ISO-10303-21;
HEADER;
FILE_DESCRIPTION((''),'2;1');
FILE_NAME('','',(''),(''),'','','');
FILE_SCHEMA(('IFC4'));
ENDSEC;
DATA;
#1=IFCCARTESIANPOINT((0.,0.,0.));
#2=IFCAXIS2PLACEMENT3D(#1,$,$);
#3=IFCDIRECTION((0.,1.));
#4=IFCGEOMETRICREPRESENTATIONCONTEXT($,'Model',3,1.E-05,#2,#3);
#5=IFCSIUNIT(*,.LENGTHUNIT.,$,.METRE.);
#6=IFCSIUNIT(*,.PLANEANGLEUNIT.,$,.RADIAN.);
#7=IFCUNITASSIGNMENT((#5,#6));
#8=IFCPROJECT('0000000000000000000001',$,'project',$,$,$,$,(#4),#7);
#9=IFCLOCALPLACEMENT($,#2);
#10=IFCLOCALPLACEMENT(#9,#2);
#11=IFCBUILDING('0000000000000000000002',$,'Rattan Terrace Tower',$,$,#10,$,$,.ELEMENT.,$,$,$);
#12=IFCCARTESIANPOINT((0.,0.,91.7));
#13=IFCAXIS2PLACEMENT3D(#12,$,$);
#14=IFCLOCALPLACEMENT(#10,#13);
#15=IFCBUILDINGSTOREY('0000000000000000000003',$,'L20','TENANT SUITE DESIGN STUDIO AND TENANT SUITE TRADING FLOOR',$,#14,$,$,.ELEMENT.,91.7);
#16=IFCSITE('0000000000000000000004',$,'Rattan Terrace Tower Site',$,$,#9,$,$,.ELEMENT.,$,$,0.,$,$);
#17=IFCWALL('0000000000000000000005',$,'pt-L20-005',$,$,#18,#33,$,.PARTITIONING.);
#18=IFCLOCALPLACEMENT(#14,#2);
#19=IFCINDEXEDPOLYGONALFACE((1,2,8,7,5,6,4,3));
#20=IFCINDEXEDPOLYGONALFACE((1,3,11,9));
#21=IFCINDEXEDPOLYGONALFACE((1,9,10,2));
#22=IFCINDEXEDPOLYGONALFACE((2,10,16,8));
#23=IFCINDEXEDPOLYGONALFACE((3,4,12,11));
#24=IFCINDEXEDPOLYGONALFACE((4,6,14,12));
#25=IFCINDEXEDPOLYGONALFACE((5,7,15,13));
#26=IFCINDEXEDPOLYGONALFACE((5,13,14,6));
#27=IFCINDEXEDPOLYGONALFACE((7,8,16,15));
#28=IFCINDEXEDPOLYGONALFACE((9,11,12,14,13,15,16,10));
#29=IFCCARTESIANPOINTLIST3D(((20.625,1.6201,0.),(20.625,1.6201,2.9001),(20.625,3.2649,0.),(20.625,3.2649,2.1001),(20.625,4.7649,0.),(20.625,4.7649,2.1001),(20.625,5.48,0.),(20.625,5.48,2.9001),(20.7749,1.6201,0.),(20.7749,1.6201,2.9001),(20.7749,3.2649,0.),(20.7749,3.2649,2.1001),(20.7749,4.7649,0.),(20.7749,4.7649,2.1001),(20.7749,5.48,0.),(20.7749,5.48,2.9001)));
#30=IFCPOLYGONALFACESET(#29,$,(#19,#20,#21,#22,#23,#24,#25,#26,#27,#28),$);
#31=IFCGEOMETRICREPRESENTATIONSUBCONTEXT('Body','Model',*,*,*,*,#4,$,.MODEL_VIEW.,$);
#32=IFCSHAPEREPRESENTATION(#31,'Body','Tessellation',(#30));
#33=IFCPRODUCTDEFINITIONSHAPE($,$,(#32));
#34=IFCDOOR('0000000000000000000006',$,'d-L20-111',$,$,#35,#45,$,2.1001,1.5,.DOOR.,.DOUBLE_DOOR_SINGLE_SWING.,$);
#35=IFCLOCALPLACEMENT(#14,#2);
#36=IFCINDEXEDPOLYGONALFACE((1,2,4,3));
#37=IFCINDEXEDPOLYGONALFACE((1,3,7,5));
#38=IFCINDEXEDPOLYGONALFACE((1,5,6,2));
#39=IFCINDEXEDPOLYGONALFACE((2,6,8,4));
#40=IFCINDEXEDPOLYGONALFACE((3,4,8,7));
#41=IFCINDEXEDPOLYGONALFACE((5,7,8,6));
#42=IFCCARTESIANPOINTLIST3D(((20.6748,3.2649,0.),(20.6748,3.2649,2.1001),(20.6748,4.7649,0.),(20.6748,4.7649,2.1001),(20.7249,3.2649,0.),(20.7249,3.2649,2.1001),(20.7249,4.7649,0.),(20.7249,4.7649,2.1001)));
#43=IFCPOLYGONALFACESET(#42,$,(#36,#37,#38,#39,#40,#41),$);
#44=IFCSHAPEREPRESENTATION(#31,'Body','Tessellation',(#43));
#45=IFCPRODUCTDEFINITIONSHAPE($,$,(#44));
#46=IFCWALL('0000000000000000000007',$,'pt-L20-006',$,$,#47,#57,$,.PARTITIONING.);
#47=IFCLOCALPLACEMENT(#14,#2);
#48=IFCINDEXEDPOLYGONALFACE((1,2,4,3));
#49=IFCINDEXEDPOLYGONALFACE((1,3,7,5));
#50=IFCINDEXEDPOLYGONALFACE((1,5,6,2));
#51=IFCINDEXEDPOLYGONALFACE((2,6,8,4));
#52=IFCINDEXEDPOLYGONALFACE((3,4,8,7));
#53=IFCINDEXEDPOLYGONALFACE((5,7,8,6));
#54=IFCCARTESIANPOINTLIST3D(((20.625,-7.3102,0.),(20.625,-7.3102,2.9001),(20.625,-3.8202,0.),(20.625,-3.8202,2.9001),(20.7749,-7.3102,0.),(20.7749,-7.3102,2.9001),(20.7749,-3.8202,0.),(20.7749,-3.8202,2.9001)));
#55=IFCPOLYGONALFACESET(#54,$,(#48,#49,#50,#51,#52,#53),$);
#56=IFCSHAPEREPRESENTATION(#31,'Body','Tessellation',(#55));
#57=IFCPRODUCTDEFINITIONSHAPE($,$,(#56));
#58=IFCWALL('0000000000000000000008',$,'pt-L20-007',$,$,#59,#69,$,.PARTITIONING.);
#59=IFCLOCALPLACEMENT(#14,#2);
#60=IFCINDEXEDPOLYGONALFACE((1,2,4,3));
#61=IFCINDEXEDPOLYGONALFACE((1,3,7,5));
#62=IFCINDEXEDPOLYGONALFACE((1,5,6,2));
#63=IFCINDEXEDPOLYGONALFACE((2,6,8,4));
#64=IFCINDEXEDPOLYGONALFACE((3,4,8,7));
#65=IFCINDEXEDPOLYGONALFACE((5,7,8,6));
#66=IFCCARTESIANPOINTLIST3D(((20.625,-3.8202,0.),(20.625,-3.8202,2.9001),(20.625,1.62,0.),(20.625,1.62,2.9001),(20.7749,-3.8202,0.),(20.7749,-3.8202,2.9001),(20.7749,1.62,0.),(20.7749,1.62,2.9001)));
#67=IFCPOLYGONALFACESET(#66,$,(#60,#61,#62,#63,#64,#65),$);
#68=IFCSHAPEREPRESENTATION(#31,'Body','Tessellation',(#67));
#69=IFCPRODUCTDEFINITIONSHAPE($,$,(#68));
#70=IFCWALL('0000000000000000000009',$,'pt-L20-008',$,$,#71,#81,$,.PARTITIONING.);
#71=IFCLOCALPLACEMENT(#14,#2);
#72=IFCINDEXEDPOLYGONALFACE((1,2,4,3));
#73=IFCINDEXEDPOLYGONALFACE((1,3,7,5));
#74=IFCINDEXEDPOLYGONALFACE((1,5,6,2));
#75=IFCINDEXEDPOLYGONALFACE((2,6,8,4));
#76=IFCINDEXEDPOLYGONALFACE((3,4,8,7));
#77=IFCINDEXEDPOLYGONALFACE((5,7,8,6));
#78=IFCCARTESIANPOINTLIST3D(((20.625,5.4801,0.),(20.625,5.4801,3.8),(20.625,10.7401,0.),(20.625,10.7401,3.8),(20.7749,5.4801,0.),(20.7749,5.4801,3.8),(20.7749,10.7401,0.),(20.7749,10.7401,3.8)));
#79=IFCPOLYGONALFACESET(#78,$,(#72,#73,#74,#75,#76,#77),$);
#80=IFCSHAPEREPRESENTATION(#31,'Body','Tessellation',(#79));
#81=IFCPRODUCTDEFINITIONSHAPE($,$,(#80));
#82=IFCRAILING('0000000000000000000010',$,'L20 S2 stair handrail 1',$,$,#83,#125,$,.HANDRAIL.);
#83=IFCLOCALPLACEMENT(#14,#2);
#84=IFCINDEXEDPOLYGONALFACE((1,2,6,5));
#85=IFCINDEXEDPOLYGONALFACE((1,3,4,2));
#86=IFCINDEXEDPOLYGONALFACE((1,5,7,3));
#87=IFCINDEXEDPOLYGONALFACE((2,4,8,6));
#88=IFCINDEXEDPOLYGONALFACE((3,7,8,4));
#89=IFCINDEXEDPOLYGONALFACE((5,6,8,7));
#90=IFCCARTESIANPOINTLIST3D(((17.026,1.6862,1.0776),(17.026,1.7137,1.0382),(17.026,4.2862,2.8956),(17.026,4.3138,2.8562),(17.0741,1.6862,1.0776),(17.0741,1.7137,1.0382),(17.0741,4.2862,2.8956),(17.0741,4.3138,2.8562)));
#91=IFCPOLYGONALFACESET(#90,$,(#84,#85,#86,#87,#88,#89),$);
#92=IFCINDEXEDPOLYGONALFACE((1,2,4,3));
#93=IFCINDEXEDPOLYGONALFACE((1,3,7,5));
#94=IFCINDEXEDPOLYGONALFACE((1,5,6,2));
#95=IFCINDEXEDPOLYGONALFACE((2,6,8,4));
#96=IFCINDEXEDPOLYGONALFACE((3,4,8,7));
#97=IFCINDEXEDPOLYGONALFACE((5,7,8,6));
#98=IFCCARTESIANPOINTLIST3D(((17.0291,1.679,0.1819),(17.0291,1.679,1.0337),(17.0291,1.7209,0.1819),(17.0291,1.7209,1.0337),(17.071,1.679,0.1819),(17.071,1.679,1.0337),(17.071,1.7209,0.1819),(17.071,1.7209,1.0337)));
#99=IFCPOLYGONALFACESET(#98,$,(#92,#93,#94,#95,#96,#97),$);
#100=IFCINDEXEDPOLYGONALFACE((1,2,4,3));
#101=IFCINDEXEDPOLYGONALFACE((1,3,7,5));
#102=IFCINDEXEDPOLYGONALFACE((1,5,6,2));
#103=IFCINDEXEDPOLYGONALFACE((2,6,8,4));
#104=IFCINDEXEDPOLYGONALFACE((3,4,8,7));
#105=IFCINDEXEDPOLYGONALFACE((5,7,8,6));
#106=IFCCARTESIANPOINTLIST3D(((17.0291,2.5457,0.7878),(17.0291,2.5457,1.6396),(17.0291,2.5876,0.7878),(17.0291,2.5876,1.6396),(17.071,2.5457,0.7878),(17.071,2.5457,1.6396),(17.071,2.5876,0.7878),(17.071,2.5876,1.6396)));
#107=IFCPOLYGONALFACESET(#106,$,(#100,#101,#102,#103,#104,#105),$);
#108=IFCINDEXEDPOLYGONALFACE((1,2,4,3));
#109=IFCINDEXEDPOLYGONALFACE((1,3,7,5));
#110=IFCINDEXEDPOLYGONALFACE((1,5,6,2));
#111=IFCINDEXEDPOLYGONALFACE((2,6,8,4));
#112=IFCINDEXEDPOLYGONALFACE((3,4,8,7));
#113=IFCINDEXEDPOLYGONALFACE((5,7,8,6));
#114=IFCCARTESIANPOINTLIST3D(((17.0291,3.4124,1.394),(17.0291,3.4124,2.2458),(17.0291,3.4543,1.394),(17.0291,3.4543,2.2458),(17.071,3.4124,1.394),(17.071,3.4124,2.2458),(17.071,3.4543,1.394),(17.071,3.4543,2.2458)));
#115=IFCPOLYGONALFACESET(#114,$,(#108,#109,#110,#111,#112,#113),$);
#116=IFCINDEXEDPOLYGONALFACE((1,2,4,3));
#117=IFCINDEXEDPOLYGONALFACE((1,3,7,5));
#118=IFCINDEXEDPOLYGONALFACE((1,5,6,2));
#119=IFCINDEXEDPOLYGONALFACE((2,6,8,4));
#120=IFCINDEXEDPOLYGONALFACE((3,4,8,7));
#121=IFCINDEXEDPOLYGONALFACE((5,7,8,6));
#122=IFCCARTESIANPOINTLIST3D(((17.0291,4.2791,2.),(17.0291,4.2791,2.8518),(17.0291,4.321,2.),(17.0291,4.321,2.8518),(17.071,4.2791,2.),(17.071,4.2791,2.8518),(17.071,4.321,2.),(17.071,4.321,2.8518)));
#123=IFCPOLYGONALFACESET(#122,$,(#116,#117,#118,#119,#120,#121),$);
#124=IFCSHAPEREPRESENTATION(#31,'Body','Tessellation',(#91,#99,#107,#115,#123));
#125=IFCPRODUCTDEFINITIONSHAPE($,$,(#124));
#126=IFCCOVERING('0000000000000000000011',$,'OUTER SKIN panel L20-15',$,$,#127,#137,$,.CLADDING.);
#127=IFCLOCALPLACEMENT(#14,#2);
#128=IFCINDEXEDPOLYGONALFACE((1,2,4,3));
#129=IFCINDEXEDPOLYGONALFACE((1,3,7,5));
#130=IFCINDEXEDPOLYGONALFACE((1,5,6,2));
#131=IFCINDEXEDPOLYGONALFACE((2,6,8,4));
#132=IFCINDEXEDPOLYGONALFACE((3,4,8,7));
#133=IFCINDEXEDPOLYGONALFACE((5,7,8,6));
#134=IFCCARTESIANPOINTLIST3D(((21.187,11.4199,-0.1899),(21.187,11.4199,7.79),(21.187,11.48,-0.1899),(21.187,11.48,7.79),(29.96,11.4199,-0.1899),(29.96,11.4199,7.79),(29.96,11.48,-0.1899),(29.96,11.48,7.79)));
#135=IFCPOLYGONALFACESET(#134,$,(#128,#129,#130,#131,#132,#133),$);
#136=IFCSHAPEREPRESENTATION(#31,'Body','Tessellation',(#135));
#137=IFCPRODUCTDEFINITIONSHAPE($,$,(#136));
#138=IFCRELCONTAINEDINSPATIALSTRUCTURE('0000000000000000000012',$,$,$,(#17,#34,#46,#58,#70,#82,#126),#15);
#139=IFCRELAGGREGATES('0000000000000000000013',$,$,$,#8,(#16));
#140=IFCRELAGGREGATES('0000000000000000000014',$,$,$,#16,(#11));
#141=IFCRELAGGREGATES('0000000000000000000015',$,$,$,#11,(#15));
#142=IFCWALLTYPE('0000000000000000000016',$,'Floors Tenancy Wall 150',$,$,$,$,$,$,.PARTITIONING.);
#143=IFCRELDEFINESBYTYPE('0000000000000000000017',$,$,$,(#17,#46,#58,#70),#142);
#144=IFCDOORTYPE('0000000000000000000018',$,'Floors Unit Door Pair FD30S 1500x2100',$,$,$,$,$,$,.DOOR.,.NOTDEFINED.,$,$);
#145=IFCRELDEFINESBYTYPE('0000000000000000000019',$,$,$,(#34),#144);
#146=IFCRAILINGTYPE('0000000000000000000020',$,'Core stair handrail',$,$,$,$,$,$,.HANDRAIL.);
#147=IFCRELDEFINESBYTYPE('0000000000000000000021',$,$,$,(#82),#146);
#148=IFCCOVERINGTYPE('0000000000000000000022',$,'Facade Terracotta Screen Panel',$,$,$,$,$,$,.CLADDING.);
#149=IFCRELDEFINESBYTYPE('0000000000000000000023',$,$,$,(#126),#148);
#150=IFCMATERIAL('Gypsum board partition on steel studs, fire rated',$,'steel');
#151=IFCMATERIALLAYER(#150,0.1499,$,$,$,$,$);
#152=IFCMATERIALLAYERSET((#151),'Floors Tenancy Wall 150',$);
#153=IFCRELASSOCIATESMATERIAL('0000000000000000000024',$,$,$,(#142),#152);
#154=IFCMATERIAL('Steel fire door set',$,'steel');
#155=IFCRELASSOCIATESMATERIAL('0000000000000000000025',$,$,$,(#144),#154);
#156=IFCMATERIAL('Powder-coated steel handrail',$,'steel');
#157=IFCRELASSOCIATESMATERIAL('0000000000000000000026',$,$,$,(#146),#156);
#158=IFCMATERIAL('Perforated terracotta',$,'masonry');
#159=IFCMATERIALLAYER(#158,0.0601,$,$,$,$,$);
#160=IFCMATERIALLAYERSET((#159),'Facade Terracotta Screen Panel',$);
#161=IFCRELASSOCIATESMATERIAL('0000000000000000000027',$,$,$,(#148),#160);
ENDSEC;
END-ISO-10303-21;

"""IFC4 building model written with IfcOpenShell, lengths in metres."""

from ifc_helpers import new_model, si_unit, direction, frame, frame_2d, origin, origin_2d, place, context, subcontext, project, spatial, rectangle, extrude, material, layer, layer_set, type_object, element, fill, save


model = new_model("IFC4")

# Units and contexts
model_context = context("Model", 3, precision=1e-05, world=origin(), true_north=direction((0.0, 1.0)))
body_context = subcontext(model_context, "Body", "Model", "MODEL_VIEW")
ifc_project = project(units=[si_unit("LENGTHUNIT", "METRE"), si_unit("PLANEANGLEUNIT", "RADIAN")], contexts=[model_context])

# Site, building, storey
site_placement = place(None, origin())
site = spatial("IfcSite", under=ifc_project, at=site_placement, Name="Rattan Terrace Tower Site", CompositionType="ELEMENT", RefElevation=0.0)
building_placement = place(site_placement, origin())
building = spatial("IfcBuilding", under=site, at=building_placement, Name="Rattan Terrace Tower", CompositionType="ELEMENT")
storey_placement = place(building_placement, frame((0.0, 0.0, 91.7)))
storey = spatial("IfcBuildingStorey", under=building, at=storey_placement, Name="L20", Description="TENANT SUITE DESIGN STUDIO AND TENANT SUITE TRADING FLOOR", CompositionType="ELEMENT", Elevation=91.7)

# Wall, opening, door
ifc_material_1 = material(Name="Gypsum board partition on steel studs, fire rated", Category="steel")
ifc_layer_1 = layer(ifc_material_1, 0.1499)
ifc_layer_set_1 = layer_set([ifc_layer_1], Name="Floors Tenancy Wall 150")
wall_type_1 = type_object("IfcWallType", Name="Floors Tenancy Wall 150", PredefinedType="PARTITIONING", material=ifc_layer_set_1)
wall_1_placement = place(storey_placement, frame((20.7, 5.48, 0.0), z_axis=(0.0, 0.0, 1.0), x_axis=(0.0, -1.0, 0.0)))
wall_1 = element("IfcWall", 1, at=wall_1_placement, inside=storey, type_object=wall_type_1, Name="pt-L20-005", PredefinedType="PARTITIONING", context=body_context, shape_type="SweptSolid", body=[
    extrude(rectangle(XDim=3.8599, YDim=0.1499, at=frame_2d((1.9299, 0.0))), origin(), (0.0, 0.0, 1.0), 2.9001),
])
opening_1_placement = place(wall_1_placement, frame((0.7151, 0.0, 0.0)))
opening_1 = element("IfcOpeningElement", 2, at=opening_1_placement, cuts=wall_1, PredefinedType="OPENING", context=body_context, shape_type="SweptSolid", body=[
    extrude(rectangle(XDim=1.5, YDim=2.1001, at=frame_2d((0.75, 1.05))), frame((0.0, 0.0854, 0.0), z_axis=(0.0, -1.0, 0.0), x_axis=(1.0, 0.0, 0.0)), (0.0, 0.0, 1.0), 0.1709),
])
ifc_material_2 = material(Name="Steel fire door set", Category="steel")
door_type_1 = type_object("IfcDoorType", Name="Floors Unit Door Pair FD30S 1500x2100", OperationType="NOTDEFINED", PredefinedType="DOOR", material=ifc_material_2)
door_1_placement = place(opening_1_placement, origin())
door_1 = element("IfcDoor", 3, at=door_1_placement, inside=storey, type_object=door_type_1, Name="d-L20-111", OperationType="DOUBLE_DOOR_SINGLE_SWING", OverallHeight=2.1001, OverallWidth=1.5, PredefinedType="DOOR", context=body_context, shape_type="SweptSolid", body=[
    extrude(rectangle(XDim=1.5, YDim=2.1001, at=frame_2d((0.75, 1.05))), frame((0.0, 0.0249, 0.0), z_axis=(0.0, -1.0, 0.0), x_axis=(1.0, 0.0, 0.0)), (0.0, 0.0, 1.0), 0.05),
])
fill(opening_1, door_1)

# Walls
wall_2_placement = place(storey_placement, frame((20.7, -3.8201, 0.0), z_axis=(0.0, 0.0, 1.0), x_axis=(0.0, -1.0, 0.0)))
element("IfcWall", 4, at=wall_2_placement, inside=storey, type_object=wall_type_1, Name="pt-L20-006", PredefinedType="PARTITIONING", context=body_context, shape_type="SweptSolid", body=[
    extrude(rectangle(XDim=3.49, YDim=0.1499, at=frame_2d((1.7451, 0.0))), origin(), (0.0, 0.0, 1.0), 2.9001),
])
wall_3_placement = place(storey_placement, frame((20.7, 1.6201, 0.0), z_axis=(0.0, 0.0, 1.0), x_axis=(0.0, -1.0, 0.0)))
element("IfcWall", 5, at=wall_3_placement, inside=storey, type_object=wall_type_1, Name="pt-L20-007", PredefinedType="PARTITIONING", context=body_context, shape_type="SweptSolid", body=[
    extrude(rectangle(XDim=5.4402, YDim=0.1499, at=frame_2d((2.7202, 0.0))), origin(), (0.0, 0.0, 1.0), 2.9001),
])
wall_4_placement = place(storey_placement, frame((20.7, 10.74, 0.0), z_axis=(0.0, 0.0, 1.0), x_axis=(0.0, -1.0, 0.0)))
element("IfcWall", 6, at=wall_4_placement, inside=storey, type_object=wall_type_1, Name="pt-L20-008", PredefinedType="PARTITIONING", context=body_context, shape_type="SweptSolid", body=[
    extrude(rectangle(XDim=5.26, YDim=0.1499, at=frame_2d((2.6299, 0.0))), origin(), (0.0, 0.0, 1.0), 3.8),
])

# Railing
ifc_material_3 = material(Name="Powder-coated steel handrail", Category="steel")
railing_type = type_object("IfcRailingType", Name="Core stair handrail", PredefinedType="HANDRAIL", material=ifc_material_3)
railing_placement = place(storey_placement, frame((17.05, 1.7, 0.1819)))
element("IfcRailing", 7, at=railing_placement, inside=storey, type_object=railing_type, Name="L20 S2 stair handrail 1", PredefinedType="HANDRAIL", context=body_context, shape_type="SweptSolid", body=[
    extrude(rectangle(XDim=0.0481, YDim=0.0481, at=origin_2d()), frame((0.0, 0.0, 0.876), z_axis=(0.0, 0.819521, 0.573049), x_axis=(-1.0, 0.0, 0.0)), (0.0, 0.0, 1.0), 3.1726),
    extrude(rectangle(XDim=0.042, YDim=0.042, at=origin_2d()), origin(), (0.0, 0.0, 1.0), 0.8518),
    extrude(rectangle(XDim=0.042, YDim=0.042, at=origin_2d()), frame((0.0, 0.8667, 0.606)), (0.0, 0.0, 1.0), 0.8518),
    extrude(rectangle(XDim=0.042, YDim=0.042, at=origin_2d()), frame((0.0, 1.7334, 1.2122)), (0.0, 0.0, 1.0), 0.8518),
    extrude(rectangle(XDim=0.042, YDim=0.042, at=origin_2d()), frame((0.0, 2.6001, 1.8181)), (0.0, 0.0, 1.0), 0.8518),
])

# Covering
ifc_material_4 = material(Name="Perforated terracotta", Category="masonry")
ifc_layer_2 = layer(ifc_material_4, 0.0601)
ifc_layer_set_2 = layer_set([ifc_layer_2], Name="Facade Terracotta Screen Panel")
covering_type = type_object("IfcCoveringType", Name="Facade Terracotta Screen Panel", PredefinedType="CLADDING", material=ifc_layer_set_2)
covering_placement = place(storey_placement, frame((25.5735, 11.45, -0.1899), z_axis=(0.0, 0.0, 1.0), x_axis=(-1.0, 0.0, 0.0)))
element("IfcCovering", 8, at=covering_placement, inside=storey, type_object=covering_type, Name="OUTER SKIN panel L20-15", PredefinedType="CLADDING", context=body_context, shape_type="SweptSolid", body=[
    extrude(rectangle(XDim=8.7729, YDim=0.0601, at=origin_2d()), origin(), (0.0, 0.0, 1.0), 7.98),
])

save(model, "model.ifc")
